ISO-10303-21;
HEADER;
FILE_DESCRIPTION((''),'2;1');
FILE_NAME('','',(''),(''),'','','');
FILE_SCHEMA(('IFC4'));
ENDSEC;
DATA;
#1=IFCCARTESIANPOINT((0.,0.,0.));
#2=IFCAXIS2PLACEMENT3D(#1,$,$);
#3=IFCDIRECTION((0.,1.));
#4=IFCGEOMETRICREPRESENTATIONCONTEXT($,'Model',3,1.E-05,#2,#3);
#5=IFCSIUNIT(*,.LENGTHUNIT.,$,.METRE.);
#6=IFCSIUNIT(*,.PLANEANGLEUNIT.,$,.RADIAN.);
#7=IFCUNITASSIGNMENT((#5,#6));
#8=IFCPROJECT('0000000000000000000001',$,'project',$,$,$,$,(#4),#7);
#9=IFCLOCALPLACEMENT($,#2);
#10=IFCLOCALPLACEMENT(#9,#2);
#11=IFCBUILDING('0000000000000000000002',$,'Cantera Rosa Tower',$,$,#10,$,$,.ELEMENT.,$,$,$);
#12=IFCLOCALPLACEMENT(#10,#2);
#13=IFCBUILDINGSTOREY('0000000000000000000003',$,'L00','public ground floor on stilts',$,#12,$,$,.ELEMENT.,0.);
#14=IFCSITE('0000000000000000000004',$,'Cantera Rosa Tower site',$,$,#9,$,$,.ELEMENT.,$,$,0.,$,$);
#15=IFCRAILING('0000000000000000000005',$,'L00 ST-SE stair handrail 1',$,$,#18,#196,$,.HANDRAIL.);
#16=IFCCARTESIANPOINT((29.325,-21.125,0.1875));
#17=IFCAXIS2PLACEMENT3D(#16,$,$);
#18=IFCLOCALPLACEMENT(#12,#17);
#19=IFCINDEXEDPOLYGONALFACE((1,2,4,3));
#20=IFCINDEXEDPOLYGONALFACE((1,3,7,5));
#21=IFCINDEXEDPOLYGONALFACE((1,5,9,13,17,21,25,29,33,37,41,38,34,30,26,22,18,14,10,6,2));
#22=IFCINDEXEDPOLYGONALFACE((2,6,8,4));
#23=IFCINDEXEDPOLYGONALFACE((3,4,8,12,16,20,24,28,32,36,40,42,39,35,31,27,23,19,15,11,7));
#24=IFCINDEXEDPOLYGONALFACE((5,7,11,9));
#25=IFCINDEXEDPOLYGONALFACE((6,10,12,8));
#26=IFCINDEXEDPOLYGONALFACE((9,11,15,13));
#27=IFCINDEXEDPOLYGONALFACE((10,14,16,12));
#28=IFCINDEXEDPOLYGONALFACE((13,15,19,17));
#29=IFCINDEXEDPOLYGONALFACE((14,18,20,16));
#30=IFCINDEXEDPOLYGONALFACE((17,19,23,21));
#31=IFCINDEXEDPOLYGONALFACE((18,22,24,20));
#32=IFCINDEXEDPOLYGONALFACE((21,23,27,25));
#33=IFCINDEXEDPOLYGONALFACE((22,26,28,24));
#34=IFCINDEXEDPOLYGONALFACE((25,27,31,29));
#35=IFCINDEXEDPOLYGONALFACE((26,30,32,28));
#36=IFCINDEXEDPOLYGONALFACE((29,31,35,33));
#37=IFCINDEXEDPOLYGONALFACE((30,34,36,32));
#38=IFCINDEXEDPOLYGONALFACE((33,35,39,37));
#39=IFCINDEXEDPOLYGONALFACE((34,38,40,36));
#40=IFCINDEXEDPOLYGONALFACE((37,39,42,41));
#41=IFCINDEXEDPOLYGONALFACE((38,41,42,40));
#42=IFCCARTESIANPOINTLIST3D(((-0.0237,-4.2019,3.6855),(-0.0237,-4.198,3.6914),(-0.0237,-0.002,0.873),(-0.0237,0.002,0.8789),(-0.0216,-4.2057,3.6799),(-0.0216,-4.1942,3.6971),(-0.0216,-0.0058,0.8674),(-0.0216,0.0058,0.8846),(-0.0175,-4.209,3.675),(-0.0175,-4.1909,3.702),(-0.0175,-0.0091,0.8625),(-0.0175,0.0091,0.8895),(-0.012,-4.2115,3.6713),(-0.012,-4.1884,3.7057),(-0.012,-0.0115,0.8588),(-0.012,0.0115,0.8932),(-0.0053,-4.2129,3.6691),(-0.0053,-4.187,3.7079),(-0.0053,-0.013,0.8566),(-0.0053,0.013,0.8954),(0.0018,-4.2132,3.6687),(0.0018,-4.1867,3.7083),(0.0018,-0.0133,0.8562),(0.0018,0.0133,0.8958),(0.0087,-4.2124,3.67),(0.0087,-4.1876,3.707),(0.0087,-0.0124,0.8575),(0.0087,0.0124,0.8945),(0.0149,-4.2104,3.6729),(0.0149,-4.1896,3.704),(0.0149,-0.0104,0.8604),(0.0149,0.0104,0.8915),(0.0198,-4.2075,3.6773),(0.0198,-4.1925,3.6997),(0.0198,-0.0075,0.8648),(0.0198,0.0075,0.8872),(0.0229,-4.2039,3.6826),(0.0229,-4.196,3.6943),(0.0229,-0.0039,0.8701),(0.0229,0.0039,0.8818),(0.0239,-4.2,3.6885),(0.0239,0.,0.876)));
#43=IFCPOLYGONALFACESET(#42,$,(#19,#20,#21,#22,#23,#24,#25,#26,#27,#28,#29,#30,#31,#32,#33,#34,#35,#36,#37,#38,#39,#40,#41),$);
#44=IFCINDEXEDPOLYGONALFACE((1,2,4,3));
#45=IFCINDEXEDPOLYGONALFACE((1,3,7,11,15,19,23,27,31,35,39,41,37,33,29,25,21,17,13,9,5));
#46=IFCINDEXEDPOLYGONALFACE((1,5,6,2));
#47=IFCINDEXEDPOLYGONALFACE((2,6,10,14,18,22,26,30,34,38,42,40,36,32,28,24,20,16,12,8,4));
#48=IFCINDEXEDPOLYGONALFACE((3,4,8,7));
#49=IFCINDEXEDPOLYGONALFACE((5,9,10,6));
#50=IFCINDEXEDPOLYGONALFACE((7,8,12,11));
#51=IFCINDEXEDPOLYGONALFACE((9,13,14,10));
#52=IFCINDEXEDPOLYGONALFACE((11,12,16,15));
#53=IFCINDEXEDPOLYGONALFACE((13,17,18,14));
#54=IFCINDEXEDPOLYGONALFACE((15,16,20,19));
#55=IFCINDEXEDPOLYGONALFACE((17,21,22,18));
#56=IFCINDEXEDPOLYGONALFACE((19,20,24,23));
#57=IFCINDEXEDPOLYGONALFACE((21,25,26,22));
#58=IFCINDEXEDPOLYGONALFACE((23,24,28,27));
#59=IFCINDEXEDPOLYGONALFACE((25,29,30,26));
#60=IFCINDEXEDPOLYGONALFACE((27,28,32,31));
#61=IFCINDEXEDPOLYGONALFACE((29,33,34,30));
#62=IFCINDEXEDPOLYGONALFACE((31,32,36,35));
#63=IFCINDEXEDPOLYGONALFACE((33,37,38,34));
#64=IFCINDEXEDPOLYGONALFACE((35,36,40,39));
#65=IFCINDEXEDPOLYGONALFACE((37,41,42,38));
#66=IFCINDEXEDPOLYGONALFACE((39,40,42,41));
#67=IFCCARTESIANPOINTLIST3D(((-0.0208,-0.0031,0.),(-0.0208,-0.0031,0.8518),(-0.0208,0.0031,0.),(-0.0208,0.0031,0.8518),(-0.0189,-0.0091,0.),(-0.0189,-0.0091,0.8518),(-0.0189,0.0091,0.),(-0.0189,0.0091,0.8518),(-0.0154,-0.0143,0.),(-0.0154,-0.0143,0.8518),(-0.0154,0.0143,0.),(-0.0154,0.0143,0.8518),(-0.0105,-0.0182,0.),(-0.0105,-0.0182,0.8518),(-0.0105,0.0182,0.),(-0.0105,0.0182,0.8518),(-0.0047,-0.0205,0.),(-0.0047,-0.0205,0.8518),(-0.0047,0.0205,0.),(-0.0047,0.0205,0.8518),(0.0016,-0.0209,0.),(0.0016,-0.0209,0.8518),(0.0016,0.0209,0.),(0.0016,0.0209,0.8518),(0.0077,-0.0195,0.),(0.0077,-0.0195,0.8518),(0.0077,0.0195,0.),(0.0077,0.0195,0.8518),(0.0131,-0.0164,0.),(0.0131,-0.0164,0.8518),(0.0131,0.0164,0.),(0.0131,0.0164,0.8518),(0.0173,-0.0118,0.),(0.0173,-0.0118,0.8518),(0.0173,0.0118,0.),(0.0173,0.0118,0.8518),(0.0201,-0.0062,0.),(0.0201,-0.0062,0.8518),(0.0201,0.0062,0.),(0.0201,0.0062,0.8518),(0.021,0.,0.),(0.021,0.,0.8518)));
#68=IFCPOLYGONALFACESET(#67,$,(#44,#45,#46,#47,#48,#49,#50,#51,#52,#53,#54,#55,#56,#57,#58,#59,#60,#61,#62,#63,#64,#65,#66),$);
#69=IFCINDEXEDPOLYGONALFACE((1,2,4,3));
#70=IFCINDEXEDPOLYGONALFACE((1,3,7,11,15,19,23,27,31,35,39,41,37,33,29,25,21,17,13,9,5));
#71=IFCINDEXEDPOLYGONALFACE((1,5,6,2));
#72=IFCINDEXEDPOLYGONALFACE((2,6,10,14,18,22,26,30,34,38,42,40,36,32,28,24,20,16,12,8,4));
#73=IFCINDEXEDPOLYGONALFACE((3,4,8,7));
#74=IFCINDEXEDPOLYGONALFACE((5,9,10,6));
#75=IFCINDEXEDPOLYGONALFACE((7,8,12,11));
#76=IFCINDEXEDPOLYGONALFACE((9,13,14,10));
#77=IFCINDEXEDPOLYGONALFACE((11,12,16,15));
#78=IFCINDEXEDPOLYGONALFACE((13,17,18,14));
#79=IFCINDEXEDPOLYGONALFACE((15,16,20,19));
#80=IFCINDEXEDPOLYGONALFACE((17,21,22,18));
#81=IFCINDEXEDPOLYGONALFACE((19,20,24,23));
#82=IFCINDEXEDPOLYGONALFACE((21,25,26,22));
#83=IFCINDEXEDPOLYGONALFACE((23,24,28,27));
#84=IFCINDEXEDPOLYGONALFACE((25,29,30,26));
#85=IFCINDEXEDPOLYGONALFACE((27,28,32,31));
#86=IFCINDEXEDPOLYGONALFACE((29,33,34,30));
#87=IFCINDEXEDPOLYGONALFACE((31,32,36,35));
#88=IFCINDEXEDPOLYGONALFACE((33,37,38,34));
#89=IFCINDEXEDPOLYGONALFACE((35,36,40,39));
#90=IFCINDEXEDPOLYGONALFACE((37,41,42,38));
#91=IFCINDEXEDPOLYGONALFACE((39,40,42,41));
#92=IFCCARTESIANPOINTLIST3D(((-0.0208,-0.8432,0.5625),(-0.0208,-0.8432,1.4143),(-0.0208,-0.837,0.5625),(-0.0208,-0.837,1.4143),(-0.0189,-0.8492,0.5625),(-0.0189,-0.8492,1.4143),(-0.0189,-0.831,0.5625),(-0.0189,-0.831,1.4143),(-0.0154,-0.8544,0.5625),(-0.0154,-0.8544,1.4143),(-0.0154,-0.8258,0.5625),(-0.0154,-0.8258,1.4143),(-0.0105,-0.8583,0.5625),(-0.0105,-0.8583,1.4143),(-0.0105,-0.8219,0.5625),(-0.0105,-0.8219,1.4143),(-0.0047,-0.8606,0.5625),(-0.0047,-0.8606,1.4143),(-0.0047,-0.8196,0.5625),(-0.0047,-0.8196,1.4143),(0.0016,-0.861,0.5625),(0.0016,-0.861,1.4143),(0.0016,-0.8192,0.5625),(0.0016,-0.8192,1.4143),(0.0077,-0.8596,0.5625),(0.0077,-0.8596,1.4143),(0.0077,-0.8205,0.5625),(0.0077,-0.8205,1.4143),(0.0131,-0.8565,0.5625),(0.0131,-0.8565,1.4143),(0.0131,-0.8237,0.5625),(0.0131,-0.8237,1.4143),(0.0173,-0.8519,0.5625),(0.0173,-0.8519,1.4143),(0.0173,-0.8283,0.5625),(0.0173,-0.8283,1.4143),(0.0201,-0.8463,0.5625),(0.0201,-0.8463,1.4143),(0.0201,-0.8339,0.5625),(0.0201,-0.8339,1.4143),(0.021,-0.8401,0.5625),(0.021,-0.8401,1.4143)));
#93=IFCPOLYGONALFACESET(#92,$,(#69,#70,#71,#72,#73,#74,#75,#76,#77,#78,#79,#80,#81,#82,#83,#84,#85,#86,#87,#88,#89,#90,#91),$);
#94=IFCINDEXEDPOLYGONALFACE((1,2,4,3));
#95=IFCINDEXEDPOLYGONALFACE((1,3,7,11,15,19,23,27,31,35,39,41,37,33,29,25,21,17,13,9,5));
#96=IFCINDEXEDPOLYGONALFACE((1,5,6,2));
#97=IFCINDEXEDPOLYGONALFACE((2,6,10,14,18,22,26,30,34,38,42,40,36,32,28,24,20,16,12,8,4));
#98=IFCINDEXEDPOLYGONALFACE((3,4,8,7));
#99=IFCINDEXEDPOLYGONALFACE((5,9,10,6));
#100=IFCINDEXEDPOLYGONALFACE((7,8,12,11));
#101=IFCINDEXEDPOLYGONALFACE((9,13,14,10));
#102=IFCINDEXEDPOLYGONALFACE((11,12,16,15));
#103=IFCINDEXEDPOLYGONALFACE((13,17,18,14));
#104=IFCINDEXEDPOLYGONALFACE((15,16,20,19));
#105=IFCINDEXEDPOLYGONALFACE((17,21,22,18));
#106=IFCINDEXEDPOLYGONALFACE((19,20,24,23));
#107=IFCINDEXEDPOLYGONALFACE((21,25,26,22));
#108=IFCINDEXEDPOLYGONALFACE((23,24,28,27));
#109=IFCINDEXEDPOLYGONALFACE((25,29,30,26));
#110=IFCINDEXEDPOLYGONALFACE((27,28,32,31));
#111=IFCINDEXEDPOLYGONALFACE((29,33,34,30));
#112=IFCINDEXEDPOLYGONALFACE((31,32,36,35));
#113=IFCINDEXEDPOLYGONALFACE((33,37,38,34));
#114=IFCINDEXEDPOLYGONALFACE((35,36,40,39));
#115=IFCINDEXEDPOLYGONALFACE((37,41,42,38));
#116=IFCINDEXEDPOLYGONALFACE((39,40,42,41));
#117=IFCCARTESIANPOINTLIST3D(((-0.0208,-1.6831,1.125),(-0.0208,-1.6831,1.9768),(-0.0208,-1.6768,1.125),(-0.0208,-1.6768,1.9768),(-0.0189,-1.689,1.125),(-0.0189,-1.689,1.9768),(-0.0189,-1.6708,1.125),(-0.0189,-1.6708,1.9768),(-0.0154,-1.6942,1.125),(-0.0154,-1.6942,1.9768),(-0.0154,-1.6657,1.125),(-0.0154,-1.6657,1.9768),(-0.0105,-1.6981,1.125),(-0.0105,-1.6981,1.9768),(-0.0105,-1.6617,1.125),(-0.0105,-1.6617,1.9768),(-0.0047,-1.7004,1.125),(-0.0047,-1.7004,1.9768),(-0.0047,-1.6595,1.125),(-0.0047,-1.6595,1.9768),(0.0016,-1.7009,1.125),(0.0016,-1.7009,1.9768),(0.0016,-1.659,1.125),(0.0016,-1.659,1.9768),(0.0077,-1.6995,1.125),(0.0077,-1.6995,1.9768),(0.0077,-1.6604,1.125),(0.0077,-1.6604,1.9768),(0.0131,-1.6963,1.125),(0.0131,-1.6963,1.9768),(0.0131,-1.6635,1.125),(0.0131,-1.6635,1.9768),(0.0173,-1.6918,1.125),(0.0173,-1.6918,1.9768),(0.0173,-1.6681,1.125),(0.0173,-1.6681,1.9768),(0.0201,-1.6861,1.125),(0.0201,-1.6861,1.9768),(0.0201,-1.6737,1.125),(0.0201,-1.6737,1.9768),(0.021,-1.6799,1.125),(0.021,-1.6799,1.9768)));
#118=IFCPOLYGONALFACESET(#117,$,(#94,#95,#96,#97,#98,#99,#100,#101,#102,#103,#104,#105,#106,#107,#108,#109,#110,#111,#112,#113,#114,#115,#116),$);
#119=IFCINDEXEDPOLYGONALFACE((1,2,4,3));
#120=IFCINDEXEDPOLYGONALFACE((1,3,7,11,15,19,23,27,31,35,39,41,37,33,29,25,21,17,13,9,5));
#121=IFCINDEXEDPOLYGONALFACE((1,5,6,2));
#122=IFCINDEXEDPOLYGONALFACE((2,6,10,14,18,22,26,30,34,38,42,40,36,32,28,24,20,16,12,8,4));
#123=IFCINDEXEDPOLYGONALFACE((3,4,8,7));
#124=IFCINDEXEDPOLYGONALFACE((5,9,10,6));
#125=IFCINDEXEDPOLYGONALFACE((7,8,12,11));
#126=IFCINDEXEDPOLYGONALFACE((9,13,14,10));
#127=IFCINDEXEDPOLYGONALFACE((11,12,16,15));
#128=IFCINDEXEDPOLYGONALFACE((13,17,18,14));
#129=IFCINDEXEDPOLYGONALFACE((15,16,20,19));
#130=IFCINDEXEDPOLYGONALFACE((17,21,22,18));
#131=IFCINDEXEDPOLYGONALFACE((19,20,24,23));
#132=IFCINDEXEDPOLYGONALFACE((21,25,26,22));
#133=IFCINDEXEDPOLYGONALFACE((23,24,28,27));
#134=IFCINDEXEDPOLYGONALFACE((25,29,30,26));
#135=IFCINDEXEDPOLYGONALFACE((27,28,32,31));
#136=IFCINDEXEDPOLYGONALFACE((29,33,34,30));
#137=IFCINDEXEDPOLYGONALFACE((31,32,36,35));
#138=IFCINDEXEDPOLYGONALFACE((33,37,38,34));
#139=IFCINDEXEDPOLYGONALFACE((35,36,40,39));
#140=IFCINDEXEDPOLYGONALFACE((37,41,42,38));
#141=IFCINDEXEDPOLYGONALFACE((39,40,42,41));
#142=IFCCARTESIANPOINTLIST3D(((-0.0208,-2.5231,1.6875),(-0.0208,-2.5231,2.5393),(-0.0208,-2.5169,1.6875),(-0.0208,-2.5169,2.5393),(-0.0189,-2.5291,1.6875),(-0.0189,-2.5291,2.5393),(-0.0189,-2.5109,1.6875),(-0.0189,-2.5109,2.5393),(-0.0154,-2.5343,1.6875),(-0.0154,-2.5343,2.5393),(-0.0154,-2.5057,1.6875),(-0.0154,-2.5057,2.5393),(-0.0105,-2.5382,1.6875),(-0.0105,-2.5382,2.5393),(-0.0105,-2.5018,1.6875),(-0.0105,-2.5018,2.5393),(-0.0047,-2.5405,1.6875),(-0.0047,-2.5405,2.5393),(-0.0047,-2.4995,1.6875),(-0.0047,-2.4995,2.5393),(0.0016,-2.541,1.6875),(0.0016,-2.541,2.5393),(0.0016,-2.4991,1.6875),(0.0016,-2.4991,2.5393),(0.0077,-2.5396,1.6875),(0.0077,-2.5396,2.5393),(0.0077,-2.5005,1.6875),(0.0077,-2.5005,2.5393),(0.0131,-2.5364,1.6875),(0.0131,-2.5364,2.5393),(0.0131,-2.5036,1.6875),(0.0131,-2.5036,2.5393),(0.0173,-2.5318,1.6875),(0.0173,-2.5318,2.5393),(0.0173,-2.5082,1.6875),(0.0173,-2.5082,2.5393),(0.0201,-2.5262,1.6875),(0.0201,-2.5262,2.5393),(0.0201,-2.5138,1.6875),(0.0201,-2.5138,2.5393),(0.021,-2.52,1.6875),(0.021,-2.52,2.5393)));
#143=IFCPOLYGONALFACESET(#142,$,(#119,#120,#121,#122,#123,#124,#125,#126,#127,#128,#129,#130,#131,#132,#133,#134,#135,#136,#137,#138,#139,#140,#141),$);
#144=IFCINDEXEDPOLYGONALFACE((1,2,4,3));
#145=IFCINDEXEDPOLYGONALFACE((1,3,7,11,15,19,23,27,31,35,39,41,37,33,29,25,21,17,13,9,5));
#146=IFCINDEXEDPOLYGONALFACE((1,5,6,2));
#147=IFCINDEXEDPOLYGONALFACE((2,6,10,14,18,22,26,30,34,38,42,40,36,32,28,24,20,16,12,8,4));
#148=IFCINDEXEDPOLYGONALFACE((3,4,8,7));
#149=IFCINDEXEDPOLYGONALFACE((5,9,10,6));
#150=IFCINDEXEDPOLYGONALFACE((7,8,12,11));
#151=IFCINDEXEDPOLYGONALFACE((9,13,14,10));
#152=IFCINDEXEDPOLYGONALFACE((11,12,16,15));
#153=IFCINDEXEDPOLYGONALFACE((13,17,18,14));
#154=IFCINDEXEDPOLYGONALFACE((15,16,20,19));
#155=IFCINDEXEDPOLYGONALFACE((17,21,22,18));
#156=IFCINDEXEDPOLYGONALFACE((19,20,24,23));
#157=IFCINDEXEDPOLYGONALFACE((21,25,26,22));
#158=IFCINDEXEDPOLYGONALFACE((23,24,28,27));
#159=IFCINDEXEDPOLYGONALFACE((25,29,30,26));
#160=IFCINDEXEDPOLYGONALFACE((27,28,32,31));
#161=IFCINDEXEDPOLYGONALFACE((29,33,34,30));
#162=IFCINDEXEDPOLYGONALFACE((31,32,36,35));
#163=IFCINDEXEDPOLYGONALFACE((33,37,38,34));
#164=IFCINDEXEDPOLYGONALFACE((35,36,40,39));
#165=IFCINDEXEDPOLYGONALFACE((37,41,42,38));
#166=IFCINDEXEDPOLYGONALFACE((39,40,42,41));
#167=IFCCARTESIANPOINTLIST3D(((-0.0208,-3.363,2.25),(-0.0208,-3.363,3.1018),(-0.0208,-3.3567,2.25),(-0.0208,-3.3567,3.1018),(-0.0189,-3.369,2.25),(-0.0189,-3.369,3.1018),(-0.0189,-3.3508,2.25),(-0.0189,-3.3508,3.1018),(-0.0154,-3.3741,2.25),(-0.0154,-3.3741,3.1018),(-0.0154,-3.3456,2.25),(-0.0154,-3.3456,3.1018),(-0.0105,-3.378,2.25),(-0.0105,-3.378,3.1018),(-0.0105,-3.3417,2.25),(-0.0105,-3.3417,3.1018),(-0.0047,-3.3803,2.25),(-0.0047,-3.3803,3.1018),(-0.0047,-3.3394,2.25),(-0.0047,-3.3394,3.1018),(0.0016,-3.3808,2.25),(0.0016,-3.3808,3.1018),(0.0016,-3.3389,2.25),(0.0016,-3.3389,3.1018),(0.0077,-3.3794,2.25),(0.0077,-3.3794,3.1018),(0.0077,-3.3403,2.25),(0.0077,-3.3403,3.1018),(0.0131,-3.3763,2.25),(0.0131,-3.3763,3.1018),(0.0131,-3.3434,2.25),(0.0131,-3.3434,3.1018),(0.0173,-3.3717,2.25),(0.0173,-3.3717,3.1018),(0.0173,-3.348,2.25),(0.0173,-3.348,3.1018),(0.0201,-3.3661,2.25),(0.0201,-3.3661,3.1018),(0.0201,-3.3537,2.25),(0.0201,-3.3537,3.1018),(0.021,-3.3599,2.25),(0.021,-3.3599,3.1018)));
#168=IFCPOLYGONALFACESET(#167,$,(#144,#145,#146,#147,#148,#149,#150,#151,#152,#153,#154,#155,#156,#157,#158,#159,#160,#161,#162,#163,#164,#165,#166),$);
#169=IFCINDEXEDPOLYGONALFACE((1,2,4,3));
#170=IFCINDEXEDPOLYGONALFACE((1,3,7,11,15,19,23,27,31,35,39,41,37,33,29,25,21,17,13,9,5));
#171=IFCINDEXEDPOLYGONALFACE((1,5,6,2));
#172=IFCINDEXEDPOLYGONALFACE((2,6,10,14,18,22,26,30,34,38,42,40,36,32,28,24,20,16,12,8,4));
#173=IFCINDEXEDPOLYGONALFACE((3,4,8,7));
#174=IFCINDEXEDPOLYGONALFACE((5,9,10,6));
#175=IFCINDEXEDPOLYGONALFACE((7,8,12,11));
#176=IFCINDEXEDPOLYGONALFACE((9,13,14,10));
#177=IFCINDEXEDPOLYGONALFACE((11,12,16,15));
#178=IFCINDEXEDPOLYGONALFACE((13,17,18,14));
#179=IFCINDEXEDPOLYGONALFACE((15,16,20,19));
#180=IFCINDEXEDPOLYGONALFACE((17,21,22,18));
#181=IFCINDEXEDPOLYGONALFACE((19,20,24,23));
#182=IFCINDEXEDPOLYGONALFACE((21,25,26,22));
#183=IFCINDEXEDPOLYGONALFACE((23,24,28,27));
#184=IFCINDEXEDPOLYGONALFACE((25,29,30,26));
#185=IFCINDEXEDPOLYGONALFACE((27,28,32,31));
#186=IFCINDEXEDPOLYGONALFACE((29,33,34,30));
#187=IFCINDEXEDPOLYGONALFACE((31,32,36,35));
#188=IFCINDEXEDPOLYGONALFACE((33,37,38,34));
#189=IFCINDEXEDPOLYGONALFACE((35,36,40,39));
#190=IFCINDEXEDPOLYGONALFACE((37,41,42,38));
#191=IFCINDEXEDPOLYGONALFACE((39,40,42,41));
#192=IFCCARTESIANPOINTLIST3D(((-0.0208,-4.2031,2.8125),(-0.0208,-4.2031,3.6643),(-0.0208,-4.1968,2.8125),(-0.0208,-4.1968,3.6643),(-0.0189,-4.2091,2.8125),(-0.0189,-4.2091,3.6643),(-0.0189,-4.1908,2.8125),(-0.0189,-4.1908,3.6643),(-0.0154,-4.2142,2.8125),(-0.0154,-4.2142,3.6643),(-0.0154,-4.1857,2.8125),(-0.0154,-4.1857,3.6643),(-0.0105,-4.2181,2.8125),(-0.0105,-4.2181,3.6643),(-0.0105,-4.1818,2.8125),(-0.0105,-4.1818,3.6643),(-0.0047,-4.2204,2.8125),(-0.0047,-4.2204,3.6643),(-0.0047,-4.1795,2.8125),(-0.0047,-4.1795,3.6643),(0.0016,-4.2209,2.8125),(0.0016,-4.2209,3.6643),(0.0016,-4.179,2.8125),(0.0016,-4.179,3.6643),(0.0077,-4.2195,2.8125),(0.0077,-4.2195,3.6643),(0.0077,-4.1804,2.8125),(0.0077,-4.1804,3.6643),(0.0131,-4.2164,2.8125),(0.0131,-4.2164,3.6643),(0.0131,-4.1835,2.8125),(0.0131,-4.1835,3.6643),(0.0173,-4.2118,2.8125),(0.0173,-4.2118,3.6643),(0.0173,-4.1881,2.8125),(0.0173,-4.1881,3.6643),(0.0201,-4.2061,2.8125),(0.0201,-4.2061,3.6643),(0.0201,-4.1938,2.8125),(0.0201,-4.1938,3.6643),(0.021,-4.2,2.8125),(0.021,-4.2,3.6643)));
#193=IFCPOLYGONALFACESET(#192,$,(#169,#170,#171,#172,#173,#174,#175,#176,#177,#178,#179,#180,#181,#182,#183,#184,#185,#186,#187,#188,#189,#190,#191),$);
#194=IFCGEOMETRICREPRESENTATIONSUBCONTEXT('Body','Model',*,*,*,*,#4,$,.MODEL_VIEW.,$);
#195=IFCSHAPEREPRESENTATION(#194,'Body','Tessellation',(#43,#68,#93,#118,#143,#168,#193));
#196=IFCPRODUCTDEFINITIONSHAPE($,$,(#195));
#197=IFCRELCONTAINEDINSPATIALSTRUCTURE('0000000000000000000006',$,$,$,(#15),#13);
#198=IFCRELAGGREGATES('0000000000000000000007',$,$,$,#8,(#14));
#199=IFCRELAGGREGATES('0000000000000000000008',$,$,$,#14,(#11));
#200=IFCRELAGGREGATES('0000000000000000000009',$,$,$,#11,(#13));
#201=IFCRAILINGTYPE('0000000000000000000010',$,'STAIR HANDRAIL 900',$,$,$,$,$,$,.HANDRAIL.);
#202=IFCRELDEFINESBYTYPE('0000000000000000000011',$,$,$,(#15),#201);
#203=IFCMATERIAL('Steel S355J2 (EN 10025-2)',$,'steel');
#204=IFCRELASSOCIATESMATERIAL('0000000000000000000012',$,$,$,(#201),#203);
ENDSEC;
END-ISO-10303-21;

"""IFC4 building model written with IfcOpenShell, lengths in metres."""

from ifc_helpers import new_model, si_unit, direction, frame, origin, origin_2d, place, context, subcontext, project, spatial, circle, extrude, material, type_object, element, save


model = new_model("IFC4")

# Units and contexts
model_context = context("Model", 3, precision=1e-05, world=origin(), true_north=direction((0.0, 1.0)))
body_context = subcontext(model_context, "Body", "Model", "MODEL_VIEW")
ifc_project = project(units=[si_unit("LENGTHUNIT", "METRE"), si_unit("PLANEANGLEUNIT", "RADIAN")], contexts=[model_context])

# Site, building, storey
site_placement = place(None, origin())
site = spatial("IfcSite", under=ifc_project, at=site_placement, Name="Cantera Rosa Tower site", CompositionType="ELEMENT", RefElevation=0.0)
building_placement = place(site_placement, origin())
building = spatial("IfcBuilding", under=site, at=building_placement, Name="Cantera Rosa Tower", CompositionType="ELEMENT")
storey_placement = place(building_placement, origin())
storey = spatial("IfcBuildingStorey", under=building, at=storey_placement, Name="L00", Description="public ground floor on stilts", CompositionType="ELEMENT", Elevation=0.0)

# Railing
ifc_material_1 = material(Name="Steel S355J2 (EN 10025-2)", Category="steel")
railing_type_1 = type_object("IfcRailingType", Name="STAIR HANDRAIL 900", PredefinedType="HANDRAIL", material=ifc_material_1)
railing_1_placement = place(storey_placement, frame((29.325, -21.125, 0.1875)))
element("IfcRailing", 1, at=railing_1_placement, inside=storey, type_object=railing_type_1, Name="L00 ST-SE stair handrail 1", PredefinedType="HANDRAIL", context=body_context, shape_type="SweptSolid", body=[
    extrude(circle(Radius=0.0239, at=origin_2d()), frame((0.0, 0.0, 0.876), z_axis=(0.0, -0.830904, 0.556416), x_axis=(1.0, 0.0, 0.0)), (0.0, 0.0, 1.0), 5.0547),
    extrude(circle(Radius=0.021, at=origin_2d()), origin(), (0.0, 0.0, 1.0), 0.8518),
    extrude(circle(Radius=0.021, at=origin_2d()), frame((0.0, -0.8401, 0.5625)), (0.0, 0.0, 1.0), 0.8518),
    extrude(circle(Radius=0.021, at=origin_2d()), frame((0.0, -1.6799, 1.125)), (0.0, 0.0, 1.0), 0.8518),
    extrude(circle(Radius=0.021, at=origin_2d()), frame((0.0, -2.52, 1.6875)), (0.0, 0.0, 1.0), 0.8518),
    extrude(circle(Radius=0.021, at=origin_2d()), frame((0.0, -3.3599, 2.25)), (0.0, 0.0, 1.0), 0.8518),
    extrude(circle(Radius=0.021, at=origin_2d()), frame((0.0, -4.2, 2.8125)), (0.0, 0.0, 1.0), 0.8518),
])

save(model, "model.ifc")
